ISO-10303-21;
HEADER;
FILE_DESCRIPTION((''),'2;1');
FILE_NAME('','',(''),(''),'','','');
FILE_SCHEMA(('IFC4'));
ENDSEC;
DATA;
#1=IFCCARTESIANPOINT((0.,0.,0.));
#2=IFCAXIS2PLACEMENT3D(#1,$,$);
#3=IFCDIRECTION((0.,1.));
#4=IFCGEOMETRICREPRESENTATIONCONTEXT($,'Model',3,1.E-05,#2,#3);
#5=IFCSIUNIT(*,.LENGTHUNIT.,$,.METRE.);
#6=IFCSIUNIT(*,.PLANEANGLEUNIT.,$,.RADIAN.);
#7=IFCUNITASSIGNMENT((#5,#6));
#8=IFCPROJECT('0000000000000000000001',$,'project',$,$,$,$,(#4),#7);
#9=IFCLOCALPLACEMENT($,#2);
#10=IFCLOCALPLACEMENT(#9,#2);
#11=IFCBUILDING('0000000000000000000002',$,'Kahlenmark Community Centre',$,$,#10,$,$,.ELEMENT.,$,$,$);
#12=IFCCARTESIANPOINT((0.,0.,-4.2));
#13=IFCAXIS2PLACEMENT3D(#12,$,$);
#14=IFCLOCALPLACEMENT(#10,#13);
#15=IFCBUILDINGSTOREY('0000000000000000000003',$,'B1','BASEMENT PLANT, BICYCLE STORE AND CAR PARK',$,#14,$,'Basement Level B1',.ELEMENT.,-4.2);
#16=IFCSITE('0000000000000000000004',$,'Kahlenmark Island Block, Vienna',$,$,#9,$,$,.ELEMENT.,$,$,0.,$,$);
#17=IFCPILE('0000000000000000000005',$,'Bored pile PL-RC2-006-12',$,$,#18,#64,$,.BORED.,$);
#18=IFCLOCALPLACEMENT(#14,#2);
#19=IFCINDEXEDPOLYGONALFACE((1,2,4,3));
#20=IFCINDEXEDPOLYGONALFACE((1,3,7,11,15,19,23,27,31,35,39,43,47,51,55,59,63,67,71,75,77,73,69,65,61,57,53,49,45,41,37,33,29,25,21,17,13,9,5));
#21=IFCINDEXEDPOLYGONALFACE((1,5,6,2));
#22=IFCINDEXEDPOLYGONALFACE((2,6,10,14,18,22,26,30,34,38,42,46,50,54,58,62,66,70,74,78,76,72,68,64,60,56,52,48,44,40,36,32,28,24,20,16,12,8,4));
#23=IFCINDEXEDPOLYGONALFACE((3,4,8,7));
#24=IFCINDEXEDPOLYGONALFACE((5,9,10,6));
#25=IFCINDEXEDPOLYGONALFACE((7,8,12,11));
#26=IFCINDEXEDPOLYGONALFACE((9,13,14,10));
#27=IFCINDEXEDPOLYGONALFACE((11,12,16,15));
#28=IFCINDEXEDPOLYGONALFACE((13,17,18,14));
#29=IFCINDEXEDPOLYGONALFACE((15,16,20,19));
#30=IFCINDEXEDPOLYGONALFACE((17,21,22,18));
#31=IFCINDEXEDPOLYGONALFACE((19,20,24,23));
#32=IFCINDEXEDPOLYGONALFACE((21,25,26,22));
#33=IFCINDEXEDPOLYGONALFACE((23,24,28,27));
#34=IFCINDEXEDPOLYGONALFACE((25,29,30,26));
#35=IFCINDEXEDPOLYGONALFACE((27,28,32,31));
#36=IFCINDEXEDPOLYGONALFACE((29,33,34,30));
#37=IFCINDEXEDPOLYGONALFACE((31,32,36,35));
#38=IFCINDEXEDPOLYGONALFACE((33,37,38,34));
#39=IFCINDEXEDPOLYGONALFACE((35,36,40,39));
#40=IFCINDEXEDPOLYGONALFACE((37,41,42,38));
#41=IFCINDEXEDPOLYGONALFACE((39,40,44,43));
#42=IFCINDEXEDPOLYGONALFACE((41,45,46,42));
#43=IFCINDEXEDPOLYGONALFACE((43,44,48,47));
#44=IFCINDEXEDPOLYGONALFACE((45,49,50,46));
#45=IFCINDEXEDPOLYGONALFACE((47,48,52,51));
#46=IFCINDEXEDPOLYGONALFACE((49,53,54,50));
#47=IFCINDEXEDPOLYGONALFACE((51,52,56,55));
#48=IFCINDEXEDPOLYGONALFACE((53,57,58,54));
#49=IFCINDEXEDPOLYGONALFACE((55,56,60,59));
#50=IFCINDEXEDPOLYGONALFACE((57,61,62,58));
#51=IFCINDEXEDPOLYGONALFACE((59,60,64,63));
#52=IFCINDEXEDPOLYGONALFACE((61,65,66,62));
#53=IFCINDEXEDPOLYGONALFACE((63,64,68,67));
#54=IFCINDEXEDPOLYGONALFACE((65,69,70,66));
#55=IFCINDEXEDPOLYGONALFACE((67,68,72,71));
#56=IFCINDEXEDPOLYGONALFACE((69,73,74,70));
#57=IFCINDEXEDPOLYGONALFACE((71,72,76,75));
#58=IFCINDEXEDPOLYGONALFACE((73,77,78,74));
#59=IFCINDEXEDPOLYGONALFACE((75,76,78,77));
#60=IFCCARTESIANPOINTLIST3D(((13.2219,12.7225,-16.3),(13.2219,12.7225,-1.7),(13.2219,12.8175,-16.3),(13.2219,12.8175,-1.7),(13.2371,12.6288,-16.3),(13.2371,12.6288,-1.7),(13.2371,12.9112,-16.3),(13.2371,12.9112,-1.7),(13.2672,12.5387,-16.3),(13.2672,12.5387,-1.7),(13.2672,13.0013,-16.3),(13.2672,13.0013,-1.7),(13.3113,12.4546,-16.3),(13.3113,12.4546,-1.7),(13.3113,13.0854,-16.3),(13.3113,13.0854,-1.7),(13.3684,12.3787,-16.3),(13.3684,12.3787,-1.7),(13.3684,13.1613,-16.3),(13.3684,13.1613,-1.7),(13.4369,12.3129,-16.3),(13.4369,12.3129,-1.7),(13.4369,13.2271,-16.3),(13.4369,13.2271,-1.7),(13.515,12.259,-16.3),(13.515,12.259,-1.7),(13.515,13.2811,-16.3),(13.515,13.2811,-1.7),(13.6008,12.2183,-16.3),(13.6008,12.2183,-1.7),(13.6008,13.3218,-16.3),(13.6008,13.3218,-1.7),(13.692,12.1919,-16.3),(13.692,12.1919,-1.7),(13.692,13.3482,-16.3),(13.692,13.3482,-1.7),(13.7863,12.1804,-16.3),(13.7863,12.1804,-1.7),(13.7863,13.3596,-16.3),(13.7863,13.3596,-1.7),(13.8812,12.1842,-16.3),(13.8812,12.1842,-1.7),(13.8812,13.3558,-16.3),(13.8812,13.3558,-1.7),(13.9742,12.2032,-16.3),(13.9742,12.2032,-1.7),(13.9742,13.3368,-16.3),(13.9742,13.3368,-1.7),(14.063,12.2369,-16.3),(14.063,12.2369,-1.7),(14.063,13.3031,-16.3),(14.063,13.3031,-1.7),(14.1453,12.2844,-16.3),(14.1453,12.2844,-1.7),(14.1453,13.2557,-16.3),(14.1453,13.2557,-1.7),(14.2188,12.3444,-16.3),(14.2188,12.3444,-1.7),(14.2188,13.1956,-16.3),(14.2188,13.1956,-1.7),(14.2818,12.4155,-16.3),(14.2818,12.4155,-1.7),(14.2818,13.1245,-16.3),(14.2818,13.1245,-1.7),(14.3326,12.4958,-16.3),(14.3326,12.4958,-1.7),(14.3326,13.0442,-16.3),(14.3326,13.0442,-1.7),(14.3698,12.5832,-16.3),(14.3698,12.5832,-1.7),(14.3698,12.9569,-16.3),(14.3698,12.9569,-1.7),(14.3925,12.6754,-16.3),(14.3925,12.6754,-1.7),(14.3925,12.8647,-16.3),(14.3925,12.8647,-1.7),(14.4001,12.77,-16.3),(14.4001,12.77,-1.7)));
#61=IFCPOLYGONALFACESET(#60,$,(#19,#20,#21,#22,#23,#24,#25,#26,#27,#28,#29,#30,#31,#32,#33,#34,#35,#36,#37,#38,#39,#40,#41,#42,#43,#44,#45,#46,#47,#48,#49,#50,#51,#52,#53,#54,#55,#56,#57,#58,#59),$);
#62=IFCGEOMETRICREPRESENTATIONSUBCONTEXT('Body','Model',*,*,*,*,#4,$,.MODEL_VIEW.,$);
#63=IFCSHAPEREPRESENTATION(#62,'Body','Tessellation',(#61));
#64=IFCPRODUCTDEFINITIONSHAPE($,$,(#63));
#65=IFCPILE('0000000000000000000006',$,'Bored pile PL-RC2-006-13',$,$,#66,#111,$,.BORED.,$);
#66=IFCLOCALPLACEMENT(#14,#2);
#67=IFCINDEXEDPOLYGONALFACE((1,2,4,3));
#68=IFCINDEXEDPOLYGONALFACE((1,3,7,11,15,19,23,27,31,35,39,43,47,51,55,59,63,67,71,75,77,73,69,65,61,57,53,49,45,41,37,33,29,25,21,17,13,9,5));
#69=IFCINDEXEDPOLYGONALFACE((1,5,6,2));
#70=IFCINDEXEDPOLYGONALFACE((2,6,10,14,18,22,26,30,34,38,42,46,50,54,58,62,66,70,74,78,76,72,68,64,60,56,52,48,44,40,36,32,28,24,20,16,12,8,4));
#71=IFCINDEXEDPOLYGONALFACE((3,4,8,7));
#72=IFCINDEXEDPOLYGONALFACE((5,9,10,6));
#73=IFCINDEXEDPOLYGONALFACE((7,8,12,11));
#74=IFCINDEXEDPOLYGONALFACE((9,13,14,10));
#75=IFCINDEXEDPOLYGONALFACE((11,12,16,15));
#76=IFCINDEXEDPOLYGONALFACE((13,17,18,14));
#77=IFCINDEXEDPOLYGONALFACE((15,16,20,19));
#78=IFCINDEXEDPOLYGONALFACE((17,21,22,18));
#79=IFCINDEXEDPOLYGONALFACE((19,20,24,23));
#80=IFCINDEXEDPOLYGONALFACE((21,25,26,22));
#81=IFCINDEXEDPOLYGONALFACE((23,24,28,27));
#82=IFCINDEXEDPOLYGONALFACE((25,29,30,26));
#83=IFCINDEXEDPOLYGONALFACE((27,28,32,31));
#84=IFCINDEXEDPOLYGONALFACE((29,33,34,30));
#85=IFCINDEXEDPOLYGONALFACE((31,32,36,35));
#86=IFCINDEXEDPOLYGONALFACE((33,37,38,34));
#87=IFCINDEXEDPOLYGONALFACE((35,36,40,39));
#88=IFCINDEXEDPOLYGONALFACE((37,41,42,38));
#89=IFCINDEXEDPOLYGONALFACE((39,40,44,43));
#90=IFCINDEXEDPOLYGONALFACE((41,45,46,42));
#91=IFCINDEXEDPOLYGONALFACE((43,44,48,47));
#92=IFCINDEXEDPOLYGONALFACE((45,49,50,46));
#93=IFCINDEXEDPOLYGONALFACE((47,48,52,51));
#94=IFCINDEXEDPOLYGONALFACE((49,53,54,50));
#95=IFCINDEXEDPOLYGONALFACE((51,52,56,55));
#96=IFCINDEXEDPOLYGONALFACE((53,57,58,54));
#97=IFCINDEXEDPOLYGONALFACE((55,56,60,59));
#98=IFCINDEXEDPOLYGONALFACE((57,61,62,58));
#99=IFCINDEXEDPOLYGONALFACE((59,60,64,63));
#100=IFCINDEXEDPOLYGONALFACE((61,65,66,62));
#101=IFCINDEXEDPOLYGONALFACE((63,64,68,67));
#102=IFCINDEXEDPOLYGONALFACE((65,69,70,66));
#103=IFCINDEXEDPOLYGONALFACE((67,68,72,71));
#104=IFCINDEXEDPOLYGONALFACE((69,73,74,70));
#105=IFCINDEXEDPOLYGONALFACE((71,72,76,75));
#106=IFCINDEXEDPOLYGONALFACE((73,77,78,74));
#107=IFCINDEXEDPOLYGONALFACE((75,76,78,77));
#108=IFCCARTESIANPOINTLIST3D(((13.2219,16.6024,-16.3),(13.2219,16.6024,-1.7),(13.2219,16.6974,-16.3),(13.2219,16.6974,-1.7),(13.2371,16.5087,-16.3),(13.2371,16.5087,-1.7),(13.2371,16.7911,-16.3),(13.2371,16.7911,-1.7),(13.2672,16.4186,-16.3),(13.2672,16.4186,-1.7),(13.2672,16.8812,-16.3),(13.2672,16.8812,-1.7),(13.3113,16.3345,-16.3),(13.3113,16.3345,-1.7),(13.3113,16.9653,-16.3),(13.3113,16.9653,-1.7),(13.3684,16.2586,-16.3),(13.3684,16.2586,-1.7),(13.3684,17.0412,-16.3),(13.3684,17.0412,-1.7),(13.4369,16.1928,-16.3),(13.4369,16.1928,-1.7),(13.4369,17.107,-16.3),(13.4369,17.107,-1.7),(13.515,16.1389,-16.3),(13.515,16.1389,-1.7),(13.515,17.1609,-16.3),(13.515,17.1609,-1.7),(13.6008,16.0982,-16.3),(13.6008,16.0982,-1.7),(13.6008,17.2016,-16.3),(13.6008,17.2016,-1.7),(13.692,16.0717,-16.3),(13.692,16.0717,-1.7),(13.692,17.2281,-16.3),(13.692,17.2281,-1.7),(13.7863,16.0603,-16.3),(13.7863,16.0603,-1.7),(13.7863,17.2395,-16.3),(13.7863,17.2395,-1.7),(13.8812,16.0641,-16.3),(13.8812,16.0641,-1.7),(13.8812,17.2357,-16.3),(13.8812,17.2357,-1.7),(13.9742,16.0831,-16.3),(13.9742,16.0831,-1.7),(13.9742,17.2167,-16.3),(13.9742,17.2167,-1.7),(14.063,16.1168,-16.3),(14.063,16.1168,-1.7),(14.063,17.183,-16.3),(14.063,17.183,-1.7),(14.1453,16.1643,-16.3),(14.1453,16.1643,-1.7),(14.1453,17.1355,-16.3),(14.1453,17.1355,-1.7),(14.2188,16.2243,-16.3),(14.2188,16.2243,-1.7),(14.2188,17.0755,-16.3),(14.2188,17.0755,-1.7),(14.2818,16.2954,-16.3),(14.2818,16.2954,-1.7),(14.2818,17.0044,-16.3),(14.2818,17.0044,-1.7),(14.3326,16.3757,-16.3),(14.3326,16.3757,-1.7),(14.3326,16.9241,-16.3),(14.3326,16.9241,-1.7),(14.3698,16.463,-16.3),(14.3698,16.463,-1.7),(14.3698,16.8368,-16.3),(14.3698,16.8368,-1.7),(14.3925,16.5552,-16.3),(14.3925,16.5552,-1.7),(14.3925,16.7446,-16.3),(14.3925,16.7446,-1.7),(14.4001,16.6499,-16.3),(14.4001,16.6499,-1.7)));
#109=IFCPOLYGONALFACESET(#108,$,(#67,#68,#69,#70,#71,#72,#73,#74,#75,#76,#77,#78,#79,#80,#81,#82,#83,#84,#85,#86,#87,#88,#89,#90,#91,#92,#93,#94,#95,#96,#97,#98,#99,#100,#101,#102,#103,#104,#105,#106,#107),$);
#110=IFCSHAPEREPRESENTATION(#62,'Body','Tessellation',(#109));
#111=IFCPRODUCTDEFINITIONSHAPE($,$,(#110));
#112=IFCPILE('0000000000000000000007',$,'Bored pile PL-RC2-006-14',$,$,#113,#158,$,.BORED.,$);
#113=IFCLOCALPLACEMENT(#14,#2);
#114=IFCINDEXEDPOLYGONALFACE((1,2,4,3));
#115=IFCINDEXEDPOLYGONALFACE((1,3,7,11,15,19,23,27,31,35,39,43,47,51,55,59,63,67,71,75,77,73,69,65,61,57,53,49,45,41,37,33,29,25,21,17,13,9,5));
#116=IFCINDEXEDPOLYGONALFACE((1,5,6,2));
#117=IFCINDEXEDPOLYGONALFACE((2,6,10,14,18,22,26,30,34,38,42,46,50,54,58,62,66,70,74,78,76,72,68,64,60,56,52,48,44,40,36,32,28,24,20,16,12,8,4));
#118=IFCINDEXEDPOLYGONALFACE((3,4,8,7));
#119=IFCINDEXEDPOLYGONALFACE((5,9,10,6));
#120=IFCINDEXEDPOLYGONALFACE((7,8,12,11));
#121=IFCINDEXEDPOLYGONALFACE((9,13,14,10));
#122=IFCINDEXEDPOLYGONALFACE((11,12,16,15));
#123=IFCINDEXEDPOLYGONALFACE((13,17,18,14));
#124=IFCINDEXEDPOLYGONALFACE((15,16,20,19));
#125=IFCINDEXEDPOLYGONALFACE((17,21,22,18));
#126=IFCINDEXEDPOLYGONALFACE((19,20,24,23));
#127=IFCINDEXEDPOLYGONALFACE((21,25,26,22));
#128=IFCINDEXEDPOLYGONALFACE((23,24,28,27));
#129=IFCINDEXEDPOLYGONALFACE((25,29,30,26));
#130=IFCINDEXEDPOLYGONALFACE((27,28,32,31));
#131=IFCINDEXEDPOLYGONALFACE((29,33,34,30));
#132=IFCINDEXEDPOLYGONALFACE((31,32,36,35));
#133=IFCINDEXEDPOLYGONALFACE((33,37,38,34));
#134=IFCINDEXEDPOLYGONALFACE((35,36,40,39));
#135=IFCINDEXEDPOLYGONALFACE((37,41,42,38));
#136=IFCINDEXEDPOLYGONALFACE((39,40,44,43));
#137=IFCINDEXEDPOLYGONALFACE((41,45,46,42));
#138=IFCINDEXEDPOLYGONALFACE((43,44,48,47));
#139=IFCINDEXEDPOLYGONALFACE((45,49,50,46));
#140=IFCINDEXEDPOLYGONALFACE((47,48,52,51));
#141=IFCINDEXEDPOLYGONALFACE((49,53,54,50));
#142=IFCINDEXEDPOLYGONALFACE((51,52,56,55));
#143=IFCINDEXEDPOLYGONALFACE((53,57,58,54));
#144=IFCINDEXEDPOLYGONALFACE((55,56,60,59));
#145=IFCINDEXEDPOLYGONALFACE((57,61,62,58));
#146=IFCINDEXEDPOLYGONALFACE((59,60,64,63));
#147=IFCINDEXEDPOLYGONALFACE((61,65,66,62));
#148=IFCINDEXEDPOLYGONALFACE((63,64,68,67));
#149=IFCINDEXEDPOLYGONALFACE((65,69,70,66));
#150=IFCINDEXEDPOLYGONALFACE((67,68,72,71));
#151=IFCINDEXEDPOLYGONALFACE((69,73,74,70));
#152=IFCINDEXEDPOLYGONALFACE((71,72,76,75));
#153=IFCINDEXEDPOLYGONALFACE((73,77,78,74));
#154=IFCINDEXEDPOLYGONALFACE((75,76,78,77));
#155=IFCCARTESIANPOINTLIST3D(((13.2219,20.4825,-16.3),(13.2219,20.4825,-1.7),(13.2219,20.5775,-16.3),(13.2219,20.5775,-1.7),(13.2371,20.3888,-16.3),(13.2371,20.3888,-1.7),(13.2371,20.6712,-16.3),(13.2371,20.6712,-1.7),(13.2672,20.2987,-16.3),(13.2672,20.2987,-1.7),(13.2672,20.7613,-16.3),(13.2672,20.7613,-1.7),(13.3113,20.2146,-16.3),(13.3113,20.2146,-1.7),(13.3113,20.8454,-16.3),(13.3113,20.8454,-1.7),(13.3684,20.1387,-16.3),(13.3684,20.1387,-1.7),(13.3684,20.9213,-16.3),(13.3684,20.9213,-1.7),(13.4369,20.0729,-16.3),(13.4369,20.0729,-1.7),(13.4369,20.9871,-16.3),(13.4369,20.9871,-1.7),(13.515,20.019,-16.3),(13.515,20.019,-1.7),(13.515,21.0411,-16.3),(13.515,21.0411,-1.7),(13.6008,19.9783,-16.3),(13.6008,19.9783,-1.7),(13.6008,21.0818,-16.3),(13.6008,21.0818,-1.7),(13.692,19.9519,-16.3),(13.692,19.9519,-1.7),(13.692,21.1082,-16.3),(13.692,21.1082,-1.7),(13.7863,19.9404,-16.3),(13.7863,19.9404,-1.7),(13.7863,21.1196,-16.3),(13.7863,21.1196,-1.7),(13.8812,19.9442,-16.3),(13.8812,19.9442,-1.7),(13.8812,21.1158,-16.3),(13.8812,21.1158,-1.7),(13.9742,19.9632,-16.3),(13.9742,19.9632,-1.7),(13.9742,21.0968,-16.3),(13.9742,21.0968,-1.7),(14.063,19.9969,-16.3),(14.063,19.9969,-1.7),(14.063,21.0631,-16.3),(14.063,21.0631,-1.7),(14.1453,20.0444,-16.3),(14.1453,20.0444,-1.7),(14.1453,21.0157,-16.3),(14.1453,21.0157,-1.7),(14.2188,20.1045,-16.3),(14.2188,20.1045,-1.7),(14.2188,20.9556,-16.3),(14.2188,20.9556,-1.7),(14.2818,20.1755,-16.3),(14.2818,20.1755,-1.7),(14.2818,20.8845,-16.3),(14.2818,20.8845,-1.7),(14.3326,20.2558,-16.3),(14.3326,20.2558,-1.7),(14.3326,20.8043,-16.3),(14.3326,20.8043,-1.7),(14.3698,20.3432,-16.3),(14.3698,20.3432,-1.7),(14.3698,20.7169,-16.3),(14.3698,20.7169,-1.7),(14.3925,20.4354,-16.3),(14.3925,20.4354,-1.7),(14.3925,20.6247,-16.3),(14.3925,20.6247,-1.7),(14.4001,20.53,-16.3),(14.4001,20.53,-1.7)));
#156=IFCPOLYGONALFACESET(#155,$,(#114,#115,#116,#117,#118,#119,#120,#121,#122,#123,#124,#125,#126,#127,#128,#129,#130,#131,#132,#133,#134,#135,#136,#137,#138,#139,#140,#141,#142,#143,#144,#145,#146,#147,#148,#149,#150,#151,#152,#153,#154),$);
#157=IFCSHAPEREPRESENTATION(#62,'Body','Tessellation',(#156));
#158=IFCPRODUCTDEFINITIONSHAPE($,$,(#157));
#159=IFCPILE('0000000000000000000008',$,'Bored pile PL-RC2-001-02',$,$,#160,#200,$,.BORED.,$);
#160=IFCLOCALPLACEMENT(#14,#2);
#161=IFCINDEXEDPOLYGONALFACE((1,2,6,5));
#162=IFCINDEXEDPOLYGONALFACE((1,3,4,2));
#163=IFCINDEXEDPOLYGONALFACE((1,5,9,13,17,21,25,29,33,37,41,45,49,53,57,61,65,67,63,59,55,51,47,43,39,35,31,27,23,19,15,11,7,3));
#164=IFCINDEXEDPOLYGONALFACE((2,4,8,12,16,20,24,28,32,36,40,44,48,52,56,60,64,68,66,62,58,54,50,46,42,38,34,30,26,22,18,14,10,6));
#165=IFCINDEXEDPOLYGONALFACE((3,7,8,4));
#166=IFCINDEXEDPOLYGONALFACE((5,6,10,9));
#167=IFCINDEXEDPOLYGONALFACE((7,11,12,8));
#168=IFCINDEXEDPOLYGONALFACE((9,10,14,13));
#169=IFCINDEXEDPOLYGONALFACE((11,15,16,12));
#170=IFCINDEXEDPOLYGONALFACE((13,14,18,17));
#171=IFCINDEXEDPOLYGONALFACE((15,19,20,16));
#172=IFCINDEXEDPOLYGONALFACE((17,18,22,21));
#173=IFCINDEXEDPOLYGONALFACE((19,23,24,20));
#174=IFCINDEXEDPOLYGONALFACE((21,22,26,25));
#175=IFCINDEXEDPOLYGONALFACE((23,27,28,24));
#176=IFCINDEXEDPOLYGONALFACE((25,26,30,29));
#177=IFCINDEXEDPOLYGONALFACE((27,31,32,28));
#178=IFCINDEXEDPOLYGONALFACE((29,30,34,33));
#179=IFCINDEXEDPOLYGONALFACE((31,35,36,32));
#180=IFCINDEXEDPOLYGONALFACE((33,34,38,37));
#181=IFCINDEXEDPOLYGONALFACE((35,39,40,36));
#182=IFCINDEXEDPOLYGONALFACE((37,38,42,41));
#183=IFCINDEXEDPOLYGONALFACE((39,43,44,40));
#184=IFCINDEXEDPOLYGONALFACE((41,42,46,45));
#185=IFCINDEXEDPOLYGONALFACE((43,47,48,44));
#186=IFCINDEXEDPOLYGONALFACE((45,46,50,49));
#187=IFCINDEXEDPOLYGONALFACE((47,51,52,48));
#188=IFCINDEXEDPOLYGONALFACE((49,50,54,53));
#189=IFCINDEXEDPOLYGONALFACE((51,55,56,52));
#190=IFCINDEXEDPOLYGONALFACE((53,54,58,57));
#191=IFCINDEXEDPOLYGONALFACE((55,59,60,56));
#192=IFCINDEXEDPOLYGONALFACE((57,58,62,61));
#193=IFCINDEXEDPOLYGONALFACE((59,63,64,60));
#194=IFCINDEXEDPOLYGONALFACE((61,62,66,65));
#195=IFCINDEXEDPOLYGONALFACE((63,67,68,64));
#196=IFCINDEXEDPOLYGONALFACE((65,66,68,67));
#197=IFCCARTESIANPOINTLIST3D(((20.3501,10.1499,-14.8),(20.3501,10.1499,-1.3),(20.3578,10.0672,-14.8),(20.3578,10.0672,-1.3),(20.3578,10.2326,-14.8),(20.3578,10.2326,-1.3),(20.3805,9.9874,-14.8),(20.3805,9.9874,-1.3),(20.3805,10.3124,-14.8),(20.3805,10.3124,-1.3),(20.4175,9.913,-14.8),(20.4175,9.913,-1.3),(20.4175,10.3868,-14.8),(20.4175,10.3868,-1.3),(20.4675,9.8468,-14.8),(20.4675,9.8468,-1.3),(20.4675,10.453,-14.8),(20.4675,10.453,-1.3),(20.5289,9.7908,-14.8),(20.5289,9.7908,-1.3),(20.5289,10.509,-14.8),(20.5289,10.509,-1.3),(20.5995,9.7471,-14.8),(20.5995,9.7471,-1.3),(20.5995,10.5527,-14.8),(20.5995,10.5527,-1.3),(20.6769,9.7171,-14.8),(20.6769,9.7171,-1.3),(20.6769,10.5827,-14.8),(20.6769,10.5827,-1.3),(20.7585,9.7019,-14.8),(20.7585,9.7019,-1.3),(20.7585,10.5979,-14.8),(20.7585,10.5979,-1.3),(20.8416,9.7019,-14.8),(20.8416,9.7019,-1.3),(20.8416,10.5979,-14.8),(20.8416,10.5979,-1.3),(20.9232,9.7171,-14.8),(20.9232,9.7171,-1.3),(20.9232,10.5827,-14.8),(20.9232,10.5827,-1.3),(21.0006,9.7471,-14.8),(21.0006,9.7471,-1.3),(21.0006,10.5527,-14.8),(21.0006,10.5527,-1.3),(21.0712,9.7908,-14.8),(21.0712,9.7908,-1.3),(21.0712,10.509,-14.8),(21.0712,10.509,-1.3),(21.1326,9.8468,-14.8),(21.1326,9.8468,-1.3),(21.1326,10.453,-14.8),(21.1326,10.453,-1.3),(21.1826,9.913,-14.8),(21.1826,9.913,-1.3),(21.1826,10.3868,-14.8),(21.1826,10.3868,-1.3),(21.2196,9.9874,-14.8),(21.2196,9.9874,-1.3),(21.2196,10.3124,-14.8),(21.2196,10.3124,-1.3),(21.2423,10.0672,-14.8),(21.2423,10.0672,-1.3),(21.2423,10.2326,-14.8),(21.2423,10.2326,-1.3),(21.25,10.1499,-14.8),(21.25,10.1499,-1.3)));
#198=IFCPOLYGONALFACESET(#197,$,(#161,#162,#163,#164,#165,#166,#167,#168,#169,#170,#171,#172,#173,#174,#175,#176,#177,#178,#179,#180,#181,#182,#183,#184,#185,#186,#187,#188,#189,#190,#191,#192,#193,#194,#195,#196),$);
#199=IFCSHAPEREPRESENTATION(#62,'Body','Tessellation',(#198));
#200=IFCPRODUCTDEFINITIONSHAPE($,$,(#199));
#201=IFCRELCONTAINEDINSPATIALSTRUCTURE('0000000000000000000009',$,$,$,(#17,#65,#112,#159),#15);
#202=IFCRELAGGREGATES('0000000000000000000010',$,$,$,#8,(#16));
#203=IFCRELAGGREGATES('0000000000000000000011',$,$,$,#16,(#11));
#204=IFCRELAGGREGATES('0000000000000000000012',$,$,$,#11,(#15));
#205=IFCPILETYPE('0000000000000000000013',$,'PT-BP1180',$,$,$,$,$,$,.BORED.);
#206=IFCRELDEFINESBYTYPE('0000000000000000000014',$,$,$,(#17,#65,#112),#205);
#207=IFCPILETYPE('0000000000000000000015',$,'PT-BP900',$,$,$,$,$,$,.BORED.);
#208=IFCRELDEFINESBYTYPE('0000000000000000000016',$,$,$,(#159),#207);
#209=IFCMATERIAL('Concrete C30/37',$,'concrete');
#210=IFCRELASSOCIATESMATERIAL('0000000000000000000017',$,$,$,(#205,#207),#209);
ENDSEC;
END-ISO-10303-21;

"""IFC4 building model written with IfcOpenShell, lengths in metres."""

from ifc_helpers import new_model, si_unit, direction, frame, origin, origin_2d, place, context, subcontext, project, spatial, circle, extrude, material, material_profile, profile_set, type_object, element, save


model = new_model("IFC4")

# Units and contexts
model_context = context("Model", 3, precision=1e-05, world=origin(), true_north=direction((0.0, 1.0)))
body_context = subcontext(model_context, "Body", "Model", "MODEL_VIEW")
ifc_project = project(units=[si_unit("LENGTHUNIT", "METRE"), si_unit("PLANEANGLEUNIT", "RADIAN")], contexts=[model_context])

# Site, building, storey
site_placement = place(None, origin())
site = spatial("IfcSite", under=ifc_project, at=site_placement, Name="Kahlenmark Island Block, Vienna", CompositionType="ELEMENT", RefElevation=0.0)
building_placement = place(site_placement, origin())
building = spatial("IfcBuilding", under=site, at=building_placement, Name="Kahlenmark Community Centre", CompositionType="ELEMENT")
storey_placement = place(building_placement, frame((0.0, 0.0, -4.2)))
storey = spatial("IfcBuildingStorey", under=building, at=storey_placement, Name="B1", Description="BASEMENT PLANT, BICYCLE STORE AND CAR PARK", LongName="Basement Level B1", CompositionType="ELEMENT", Elevation=-4.2)

# Shared definitions
ifc_material_1 = material(Name="Concrete C30/37", Category="concrete")

# Piles
ifc_material_profile_1 = material_profile(ifc_material_1, circle(Radius=0.5901, at=origin_2d()), Name="BORED PILE 1180")
ifc_profile_set_1 = profile_set([ifc_material_profile_1], Name="Concrete C30/37")
pile_type_1 = type_object("IfcPileType", Name="PT-BP1180", PredefinedType="BORED", material=ifc_profile_set_1)
for number, where, z_axis, x_axis, name in (
    (1, (13.8101, 12.77, -1.7), (0.0, 0.0, -1.0), (1.0, 0.0, 0.0), "Bored pile PL-RC2-006-12"),
    (2, (13.8101, 16.6499, -1.7), (0.0, 0.0, -1.0), (1.0, 0.0, 0.0), "Bored pile PL-RC2-006-13"),
    (3, (13.8101, 20.53, -1.7), (0.0, 0.0, -1.0), (1.0, 0.0, 0.0), "Bored pile PL-RC2-006-14"),
):
    element("IfcPile", number, at=place(storey_placement, frame(where, z_axis=z_axis, x_axis=x_axis)), inside=storey, type_object=pile_type_1, Name=name, PredefinedType="BORED", context=body_context, shape_type="SweptSolid", body=[
        extrude(circle(Radius=0.5901, at=origin_2d()), origin(), (0.0, 0.0, 1.0), 14.6001),
    ])
ifc_material_profile_2 = material_profile(ifc_material_1, circle(Radius=0.45, at=origin_2d()), Name="BORED PILE 900")
ifc_profile_set_2 = profile_set([ifc_material_profile_2], Name="Concrete C30/37")
pile_type_2 = type_object("IfcPileType", Name="PT-BP900", PredefinedType="BORED", material=ifc_profile_set_2)
pile_1_placement = place(storey_placement, frame((20.8, 10.1499, -1.3), z_axis=(0.0, 0.0, -1.0), x_axis=(1.0, 0.0, 0.0)))
element("IfcPile", 4, at=pile_1_placement, inside=storey, type_object=pile_type_2, Name="Bored pile PL-RC2-001-02", PredefinedType="BORED", context=body_context, shape_type="SweptSolid", body=[
    extrude(circle(Radius=0.45, at=origin_2d()), origin(), (0.0, 0.0, 1.0), 13.5),
])

save(model, "model.ifc")
